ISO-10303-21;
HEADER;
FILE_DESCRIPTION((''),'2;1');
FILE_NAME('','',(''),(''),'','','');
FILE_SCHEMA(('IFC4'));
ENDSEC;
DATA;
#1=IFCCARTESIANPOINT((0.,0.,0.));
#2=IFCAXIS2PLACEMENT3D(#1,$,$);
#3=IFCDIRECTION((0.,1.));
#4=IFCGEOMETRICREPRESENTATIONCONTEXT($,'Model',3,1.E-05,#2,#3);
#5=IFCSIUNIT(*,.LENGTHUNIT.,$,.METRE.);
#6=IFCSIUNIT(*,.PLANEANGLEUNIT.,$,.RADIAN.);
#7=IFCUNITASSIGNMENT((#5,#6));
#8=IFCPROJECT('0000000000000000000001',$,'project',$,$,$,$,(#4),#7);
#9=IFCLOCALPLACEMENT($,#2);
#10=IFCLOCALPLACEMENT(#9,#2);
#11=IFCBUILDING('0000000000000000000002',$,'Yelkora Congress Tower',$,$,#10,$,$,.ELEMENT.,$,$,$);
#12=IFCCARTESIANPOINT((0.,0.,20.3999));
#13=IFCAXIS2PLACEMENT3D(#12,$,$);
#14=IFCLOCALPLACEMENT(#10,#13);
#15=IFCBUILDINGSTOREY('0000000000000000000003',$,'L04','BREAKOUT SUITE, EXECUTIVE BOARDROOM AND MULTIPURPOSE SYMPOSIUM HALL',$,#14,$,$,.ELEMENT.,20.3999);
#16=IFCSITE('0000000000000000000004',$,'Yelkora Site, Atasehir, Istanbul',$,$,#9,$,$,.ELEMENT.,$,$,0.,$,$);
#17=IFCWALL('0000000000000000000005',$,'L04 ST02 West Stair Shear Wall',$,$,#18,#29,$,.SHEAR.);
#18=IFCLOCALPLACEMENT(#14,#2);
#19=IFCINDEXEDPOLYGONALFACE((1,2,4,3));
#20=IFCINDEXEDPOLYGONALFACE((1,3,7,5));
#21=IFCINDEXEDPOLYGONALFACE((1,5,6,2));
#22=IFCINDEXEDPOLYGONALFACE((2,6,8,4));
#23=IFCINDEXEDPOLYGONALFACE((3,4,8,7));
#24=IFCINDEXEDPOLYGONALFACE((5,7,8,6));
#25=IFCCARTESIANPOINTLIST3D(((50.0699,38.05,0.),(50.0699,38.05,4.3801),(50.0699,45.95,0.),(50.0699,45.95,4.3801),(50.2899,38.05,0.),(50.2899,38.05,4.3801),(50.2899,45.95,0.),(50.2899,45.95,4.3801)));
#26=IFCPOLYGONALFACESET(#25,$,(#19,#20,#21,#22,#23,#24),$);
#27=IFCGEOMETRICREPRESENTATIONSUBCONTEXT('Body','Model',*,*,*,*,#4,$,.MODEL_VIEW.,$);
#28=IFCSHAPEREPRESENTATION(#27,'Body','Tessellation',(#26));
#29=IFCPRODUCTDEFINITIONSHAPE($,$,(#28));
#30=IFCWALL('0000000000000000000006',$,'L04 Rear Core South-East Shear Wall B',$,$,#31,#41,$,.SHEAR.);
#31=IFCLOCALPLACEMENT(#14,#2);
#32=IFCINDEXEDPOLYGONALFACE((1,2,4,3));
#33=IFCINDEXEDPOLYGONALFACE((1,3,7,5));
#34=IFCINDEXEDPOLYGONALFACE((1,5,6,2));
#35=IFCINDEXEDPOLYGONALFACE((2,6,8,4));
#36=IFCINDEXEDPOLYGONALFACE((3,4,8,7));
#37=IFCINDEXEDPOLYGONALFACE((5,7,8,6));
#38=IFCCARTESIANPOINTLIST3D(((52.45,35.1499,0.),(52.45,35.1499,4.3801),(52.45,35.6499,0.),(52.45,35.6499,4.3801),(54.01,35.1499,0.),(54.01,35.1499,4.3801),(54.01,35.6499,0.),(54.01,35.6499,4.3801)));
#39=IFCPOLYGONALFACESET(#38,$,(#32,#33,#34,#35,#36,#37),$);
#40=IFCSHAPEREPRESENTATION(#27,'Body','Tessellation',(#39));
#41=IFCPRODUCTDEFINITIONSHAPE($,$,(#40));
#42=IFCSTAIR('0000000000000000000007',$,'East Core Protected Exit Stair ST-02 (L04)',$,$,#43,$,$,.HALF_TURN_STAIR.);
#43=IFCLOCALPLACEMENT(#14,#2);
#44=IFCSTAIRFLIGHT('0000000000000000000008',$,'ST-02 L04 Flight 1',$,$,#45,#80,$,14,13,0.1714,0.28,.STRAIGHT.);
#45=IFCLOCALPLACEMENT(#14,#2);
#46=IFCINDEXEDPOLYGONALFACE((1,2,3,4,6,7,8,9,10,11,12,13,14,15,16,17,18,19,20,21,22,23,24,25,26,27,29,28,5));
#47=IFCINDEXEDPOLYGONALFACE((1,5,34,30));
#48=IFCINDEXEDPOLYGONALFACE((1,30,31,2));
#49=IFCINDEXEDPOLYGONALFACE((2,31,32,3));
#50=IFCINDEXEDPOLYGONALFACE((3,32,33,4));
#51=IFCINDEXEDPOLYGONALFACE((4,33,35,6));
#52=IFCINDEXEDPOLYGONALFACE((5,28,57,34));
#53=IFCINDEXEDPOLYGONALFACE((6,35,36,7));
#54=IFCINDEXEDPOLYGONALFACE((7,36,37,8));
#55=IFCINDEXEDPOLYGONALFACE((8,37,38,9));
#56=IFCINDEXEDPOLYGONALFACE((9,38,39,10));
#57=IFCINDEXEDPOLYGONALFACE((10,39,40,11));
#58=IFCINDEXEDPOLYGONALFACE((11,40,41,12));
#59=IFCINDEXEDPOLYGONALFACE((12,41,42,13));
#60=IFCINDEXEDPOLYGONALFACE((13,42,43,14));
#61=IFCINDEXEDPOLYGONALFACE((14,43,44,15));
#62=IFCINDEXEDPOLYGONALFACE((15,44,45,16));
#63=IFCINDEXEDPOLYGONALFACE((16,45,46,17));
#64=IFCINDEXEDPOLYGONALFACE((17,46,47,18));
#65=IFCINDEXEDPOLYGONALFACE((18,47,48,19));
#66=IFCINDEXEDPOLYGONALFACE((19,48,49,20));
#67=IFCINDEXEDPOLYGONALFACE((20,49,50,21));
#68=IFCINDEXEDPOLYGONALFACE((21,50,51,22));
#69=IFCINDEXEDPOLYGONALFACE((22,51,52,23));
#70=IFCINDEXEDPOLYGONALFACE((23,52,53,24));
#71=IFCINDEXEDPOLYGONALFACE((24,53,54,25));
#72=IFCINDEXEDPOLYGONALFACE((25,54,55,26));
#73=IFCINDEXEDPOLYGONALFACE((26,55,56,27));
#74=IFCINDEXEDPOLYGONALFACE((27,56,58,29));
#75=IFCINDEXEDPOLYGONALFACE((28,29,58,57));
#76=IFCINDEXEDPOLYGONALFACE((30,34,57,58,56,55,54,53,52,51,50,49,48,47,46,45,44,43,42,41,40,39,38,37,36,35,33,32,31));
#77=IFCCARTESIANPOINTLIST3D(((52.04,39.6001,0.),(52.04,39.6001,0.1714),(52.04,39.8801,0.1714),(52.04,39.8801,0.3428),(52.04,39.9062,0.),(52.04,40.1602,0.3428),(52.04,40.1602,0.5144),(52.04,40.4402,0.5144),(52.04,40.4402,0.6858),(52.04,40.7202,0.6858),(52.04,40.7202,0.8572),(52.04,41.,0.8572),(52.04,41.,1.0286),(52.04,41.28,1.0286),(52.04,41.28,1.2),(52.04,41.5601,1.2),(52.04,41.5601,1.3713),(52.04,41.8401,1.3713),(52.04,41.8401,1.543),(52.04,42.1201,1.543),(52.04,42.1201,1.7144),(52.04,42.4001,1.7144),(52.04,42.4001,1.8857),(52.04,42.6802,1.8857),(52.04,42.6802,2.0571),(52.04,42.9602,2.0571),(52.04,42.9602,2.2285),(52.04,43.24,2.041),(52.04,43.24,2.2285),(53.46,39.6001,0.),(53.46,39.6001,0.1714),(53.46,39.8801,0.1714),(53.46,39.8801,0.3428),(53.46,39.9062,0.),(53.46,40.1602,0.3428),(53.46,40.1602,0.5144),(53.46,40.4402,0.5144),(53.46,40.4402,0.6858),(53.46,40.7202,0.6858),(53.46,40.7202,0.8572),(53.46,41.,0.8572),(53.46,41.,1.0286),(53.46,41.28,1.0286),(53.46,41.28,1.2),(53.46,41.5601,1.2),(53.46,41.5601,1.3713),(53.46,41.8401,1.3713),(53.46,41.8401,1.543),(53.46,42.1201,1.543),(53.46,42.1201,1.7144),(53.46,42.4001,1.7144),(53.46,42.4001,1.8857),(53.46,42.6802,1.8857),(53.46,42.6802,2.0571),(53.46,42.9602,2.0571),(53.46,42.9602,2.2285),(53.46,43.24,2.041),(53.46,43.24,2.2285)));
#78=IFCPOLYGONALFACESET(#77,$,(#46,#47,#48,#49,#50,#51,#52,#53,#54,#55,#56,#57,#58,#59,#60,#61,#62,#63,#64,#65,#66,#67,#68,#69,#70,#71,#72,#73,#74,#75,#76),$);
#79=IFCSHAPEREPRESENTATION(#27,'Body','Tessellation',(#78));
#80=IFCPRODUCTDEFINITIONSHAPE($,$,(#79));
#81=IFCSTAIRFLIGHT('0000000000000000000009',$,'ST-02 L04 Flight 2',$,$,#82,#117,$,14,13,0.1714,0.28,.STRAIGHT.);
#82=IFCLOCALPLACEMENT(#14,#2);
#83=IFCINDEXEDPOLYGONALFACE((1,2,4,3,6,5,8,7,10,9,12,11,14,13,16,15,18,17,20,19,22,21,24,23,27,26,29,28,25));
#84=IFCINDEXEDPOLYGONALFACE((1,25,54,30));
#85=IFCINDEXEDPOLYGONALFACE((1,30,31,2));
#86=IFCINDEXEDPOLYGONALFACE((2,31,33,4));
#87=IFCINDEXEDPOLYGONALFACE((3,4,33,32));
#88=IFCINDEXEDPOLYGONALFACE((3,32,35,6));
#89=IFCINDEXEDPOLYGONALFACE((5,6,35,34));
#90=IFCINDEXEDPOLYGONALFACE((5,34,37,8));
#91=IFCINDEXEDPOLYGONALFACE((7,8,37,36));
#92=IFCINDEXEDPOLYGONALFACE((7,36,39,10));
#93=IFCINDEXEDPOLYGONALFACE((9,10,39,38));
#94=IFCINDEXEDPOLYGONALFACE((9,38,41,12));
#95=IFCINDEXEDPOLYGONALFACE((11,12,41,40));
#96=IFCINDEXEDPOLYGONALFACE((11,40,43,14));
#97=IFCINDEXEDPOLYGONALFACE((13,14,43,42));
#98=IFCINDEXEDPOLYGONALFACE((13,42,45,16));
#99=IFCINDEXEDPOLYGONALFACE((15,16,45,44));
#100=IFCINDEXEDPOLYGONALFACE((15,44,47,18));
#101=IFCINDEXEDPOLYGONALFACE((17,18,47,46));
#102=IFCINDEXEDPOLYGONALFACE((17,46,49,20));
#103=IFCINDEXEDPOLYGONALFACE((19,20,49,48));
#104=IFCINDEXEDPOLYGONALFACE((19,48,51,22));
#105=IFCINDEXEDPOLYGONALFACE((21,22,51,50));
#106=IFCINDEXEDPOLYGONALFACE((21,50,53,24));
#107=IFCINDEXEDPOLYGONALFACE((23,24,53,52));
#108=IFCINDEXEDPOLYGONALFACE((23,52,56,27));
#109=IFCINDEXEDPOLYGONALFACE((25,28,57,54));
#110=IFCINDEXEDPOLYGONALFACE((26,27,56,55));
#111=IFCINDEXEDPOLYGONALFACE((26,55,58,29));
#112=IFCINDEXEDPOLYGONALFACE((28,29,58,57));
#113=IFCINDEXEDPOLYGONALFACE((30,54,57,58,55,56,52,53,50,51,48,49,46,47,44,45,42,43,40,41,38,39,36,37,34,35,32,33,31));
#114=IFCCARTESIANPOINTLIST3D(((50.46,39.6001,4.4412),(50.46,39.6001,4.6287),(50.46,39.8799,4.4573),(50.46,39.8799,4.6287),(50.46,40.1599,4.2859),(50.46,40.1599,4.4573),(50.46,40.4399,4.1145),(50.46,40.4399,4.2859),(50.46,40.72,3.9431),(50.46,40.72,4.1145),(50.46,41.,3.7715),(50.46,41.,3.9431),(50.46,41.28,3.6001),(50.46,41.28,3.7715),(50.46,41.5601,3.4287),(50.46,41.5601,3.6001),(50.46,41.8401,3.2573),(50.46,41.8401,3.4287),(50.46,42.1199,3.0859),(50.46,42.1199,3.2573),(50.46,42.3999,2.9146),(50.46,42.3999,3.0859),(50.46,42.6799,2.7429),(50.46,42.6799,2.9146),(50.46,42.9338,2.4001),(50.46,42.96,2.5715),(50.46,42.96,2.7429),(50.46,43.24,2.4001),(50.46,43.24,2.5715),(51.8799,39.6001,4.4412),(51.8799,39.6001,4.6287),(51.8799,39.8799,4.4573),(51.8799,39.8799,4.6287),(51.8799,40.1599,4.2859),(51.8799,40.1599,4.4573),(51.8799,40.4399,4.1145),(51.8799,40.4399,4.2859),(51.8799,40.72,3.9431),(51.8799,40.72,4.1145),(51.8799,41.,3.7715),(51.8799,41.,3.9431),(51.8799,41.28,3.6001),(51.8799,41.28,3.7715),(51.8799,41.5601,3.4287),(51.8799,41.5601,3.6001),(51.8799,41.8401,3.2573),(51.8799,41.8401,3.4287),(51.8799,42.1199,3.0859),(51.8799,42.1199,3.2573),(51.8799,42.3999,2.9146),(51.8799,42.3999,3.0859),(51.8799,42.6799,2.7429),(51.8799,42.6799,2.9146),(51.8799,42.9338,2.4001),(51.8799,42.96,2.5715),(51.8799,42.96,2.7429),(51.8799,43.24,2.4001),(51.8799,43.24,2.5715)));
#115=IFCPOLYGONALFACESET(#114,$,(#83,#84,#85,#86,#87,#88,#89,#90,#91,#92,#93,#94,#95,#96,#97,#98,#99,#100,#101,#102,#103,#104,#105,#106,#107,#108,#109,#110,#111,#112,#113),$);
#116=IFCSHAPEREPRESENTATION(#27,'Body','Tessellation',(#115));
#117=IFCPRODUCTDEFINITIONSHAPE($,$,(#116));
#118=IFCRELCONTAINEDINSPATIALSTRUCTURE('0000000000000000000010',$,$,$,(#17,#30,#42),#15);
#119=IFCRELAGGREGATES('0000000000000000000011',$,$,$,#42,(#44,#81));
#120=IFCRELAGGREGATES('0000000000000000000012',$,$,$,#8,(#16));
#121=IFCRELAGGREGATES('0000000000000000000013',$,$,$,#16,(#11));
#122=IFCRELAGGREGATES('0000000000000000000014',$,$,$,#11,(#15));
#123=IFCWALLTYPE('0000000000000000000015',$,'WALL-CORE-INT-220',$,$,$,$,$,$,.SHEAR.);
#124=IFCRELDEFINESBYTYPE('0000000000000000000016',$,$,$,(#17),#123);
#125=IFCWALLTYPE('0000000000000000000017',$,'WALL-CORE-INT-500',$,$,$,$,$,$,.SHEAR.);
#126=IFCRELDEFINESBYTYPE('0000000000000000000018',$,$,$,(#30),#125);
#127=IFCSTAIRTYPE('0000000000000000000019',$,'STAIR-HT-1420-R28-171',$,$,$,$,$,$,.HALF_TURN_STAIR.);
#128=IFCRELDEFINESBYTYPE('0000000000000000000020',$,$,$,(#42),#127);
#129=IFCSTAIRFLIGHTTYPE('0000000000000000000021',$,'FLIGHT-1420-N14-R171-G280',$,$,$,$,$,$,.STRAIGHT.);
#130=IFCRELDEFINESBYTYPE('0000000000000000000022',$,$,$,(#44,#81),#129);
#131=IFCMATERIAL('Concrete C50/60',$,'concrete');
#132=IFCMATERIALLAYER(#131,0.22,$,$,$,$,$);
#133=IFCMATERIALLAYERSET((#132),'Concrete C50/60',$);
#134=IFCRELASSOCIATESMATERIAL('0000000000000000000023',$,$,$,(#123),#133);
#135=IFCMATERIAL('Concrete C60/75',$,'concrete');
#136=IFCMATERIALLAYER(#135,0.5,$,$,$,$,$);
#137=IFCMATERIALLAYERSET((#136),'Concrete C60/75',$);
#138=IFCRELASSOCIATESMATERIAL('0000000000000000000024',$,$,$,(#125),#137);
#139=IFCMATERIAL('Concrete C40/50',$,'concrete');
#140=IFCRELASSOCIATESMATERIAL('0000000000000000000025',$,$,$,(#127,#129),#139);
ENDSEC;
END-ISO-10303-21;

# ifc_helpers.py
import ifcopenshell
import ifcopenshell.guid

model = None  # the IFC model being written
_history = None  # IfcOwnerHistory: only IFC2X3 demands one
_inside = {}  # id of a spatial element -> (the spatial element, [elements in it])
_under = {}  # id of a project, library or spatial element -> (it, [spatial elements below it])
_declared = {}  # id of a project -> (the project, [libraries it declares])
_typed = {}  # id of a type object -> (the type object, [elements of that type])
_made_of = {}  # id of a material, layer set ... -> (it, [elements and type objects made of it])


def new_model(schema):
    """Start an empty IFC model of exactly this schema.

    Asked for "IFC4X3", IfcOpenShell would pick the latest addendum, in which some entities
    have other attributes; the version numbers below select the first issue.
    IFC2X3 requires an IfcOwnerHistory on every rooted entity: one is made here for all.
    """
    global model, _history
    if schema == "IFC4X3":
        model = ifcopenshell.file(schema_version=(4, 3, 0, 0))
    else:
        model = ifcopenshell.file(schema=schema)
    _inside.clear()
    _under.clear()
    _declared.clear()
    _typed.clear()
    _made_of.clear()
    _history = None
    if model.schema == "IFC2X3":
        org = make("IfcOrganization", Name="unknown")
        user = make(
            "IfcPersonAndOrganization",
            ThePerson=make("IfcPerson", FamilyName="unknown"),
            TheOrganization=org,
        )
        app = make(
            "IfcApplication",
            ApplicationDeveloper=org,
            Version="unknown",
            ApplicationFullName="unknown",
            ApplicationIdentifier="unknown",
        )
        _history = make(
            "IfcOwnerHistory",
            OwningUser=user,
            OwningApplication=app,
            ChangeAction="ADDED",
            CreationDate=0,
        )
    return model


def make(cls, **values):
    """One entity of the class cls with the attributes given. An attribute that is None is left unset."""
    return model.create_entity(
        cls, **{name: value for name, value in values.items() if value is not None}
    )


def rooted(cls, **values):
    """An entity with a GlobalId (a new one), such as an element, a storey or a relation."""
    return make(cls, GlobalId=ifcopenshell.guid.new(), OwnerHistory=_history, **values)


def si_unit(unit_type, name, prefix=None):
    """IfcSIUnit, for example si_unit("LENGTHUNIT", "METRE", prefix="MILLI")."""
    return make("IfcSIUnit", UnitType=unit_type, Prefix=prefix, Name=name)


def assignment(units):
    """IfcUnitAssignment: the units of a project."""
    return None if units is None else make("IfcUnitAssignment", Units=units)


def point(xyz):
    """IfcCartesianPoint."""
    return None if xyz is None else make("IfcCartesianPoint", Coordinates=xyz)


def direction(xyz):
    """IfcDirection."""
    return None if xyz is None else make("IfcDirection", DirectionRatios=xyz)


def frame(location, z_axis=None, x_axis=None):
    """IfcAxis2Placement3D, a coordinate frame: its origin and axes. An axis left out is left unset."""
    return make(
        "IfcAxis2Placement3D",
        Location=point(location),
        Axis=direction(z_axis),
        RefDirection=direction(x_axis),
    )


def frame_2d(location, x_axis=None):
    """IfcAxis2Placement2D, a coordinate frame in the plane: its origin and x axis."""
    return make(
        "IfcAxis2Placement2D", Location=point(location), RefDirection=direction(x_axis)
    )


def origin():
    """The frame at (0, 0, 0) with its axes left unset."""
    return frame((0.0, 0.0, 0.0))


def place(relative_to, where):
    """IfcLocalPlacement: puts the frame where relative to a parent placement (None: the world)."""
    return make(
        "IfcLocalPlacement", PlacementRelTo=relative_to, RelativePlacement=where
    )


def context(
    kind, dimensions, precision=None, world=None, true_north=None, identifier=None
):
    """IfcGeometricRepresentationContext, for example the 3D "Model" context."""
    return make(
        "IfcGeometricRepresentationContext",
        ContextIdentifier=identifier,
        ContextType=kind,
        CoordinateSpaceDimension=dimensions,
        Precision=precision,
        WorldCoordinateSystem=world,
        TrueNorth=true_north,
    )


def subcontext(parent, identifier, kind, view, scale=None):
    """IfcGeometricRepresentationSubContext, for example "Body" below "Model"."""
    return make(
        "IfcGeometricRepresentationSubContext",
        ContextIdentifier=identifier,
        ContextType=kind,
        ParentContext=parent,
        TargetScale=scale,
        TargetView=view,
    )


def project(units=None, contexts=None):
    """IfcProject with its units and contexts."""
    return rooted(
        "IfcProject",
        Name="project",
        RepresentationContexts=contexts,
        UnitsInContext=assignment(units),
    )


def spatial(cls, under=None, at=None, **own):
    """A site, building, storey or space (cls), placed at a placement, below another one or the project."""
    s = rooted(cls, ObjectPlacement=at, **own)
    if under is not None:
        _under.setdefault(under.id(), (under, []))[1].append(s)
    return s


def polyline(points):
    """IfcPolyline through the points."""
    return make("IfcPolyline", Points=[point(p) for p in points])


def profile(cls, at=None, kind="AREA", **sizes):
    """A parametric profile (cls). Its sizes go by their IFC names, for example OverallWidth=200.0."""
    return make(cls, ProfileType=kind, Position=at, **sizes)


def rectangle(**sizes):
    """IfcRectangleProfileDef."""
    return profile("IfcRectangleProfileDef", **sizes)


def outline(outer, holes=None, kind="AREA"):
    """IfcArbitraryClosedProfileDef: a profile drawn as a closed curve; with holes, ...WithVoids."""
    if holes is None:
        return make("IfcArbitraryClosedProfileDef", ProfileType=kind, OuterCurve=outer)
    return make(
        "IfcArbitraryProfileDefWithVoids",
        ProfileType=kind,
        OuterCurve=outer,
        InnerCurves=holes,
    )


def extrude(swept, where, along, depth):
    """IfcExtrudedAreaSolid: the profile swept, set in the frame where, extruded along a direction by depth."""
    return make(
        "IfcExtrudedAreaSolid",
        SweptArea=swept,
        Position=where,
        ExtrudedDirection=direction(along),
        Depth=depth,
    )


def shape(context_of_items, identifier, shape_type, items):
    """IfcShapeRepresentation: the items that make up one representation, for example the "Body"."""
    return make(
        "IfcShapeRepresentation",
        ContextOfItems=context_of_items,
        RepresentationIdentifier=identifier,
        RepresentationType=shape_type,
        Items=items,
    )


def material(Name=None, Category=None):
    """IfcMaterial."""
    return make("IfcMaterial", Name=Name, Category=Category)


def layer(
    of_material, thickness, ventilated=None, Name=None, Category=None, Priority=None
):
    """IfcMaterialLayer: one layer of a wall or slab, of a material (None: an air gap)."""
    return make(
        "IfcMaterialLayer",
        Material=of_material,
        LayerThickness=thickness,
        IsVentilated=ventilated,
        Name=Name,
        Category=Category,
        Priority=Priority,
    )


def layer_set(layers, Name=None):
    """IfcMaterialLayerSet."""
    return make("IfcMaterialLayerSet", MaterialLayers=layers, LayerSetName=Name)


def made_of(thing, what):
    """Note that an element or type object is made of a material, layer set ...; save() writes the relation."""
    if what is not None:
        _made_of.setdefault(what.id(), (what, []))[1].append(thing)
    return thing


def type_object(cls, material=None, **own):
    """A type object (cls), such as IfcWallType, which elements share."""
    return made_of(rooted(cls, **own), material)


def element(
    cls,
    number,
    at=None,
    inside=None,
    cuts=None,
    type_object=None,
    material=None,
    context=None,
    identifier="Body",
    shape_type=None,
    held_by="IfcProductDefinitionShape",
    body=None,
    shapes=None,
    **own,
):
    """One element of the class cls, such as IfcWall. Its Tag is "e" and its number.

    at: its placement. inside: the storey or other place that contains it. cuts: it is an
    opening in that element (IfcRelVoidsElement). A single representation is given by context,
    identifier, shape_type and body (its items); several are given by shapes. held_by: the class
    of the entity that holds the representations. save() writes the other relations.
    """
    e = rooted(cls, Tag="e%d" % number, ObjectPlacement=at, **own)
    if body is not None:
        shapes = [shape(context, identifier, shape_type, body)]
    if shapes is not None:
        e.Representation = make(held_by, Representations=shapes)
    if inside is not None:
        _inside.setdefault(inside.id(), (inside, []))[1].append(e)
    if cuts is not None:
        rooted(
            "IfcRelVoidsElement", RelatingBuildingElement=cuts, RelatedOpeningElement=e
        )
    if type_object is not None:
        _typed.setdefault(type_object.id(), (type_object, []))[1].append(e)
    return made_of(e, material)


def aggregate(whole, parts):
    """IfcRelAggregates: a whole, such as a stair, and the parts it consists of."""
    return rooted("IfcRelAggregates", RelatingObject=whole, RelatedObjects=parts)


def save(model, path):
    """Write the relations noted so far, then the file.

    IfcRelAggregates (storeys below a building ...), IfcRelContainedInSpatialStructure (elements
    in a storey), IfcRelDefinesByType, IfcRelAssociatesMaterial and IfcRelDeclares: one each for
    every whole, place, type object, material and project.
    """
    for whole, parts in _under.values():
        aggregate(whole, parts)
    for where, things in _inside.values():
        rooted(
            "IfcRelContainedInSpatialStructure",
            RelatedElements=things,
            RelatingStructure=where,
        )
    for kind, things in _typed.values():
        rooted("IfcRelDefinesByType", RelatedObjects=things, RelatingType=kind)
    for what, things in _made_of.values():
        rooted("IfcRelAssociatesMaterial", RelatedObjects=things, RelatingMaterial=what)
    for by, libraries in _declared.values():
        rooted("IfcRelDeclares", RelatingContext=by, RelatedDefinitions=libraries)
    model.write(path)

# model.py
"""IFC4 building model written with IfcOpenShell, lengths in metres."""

from ifc_helpers import new_model, si_unit, direction, frame, frame_2d, origin, place, context, subcontext, project, spatial, polyline, rectangle, outline, extrude, material, layer, layer_set, type_object, element, aggregate, save


model = new_model("IFC4")

# Units and contexts
model_context = context("Model", 3, precision=1e-05, world=origin(), true_north=direction((0.0, 1.0)))
body_context = subcontext(model_context, "Body", "Model", "MODEL_VIEW")
ifc_project = project(units=[si_unit("LENGTHUNIT", "METRE"), si_unit("PLANEANGLEUNIT", "RADIAN")], contexts=[model_context])

# Site, building, storey
site_placement = place(None, origin())
site = spatial("IfcSite", under=ifc_project, at=site_placement, Name="Yelkora Site, Atasehir, Istanbul", CompositionType="ELEMENT", RefElevation=0.0)
building_placement = place(site_placement, origin())
building = spatial("IfcBuilding", under=site, at=building_placement, Name="Yelkora Congress Tower", CompositionType="ELEMENT")
storey_placement = place(building_placement, frame((0.0, 0.0, 20.3999)))
storey = spatial("IfcBuildingStorey", under=building, at=storey_placement, Name="L04", Description="BREAKOUT SUITE, EXECUTIVE BOARDROOM AND MULTIPURPOSE SYMPOSIUM HALL", CompositionType="ELEMENT", Elevation=20.3999)

# Walls
ifc_material_1 = material(Name="Concrete C50/60", Category="concrete")
ifc_layer_1 = layer(ifc_material_1, 0.22)
ifc_layer_set_1 = layer_set([ifc_layer_1], Name="Concrete C50/60")
wall_type_1 = type_object("IfcWallType", Name="WALL-CORE-INT-220", PredefinedType="SHEAR", material=ifc_layer_set_1)
wall_1_placement = place(storey_placement, frame((50.1799, 38.05, 0.0), z_axis=(0.0, 0.0, 1.0), x_axis=(0.0, 1.0, 0.0)))
element("IfcWall", 1, at=wall_1_placement, inside=storey, type_object=wall_type_1, Name="L04 ST02 West Stair Shear Wall", PredefinedType="SHEAR", context=body_context, shape_type="SweptSolid", body=[
    extrude(rectangle(XDim=7.8999, YDim=0.22, at=frame_2d((3.95, 0.0))), origin(), (0.0, 0.0, 1.0), 4.3801),
])
ifc_material_2 = material(Name="Concrete C60/75", Category="concrete")
ifc_layer_2 = layer(ifc_material_2, 0.5)
ifc_layer_set_2 = layer_set([ifc_layer_2], Name="Concrete C60/75")
wall_type_2 = type_object("IfcWallType", Name="WALL-CORE-INT-500", PredefinedType="SHEAR", material=ifc_layer_set_2)
wall_2_placement = place(storey_placement, frame((52.45, 35.3999, 0.0), z_axis=(0.0, 0.0, 1.0), x_axis=(1.0, 0.0, 0.0)))
element("IfcWall", 2, at=wall_2_placement, inside=storey, type_object=wall_type_2, Name="L04 Rear Core South-East Shear Wall B", PredefinedType="SHEAR", context=body_context, shape_type="SweptSolid", body=[
    extrude(rectangle(XDim=1.5601, YDim=0.5, at=frame_2d((0.78, 0.0))), origin(), (0.0, 0.0, 1.0), 4.3801),
])

# Stair, stair flights
ifc_material_3 = material(Name="Concrete C40/50", Category="concrete")
stair_type = type_object("IfcStairType", Name="STAIR-HT-1420-R28-171", PredefinedType="HALF_TURN_STAIR", material=ifc_material_3)
stair_placement = place(storey_placement, origin())
stair = element("IfcStair", 3, at=stair_placement, inside=storey, type_object=stair_type, Name="East Core Protected Exit Stair ST-02 (L04)", PredefinedType="HALF_TURN_STAIR")
stair_flight_type = type_object("IfcStairFlightType", Name="FLIGHT-1420-N14-R171-G280", PredefinedType="STRAIGHT", material=ifc_material_3)
stair_flight_1_placement = place(storey_placement, frame((52.75, 39.6001, 0.0), z_axis=(0.0, 0.0, 1.0), x_axis=(0.0, 1.0, 0.0)))
stair_flight_1 = element("IfcStairFlight", 4, at=stair_flight_1_placement, type_object=stair_flight_type, Name="ST-02 L04 Flight 1", NumberOfRisers=14, NumberOfTreads=13, PredefinedType="STRAIGHT", RiserHeight=0.1714, TreadLength=0.28, context=body_context, shape_type="SweptSolid", body=[
    extrude(outline(polyline([(0.0, 0.0), (0.0, 0.1714), (0.28, 0.1714), (0.28, 0.3428), (0.5601, 0.3428), (0.5601, 0.5144), (0.8401, 0.5144), (0.8401, 0.6858), (1.1201, 0.6858), (1.1201, 0.8572), (1.3999, 0.8572), (1.3999, 1.0286), (1.6799, 1.0286), (1.6799, 1.2), (1.96, 1.2), (1.96, 1.3713), (2.24, 1.3713), (2.24, 1.543), (2.52, 1.543), (2.52, 1.7144), (2.8, 1.7144), (2.8, 1.8857), (3.0801, 1.8857), (3.0801, 2.0571), (3.3601, 2.0571), (3.3601, 2.2285), (3.6399, 2.2285), (3.6399, 2.3999), (3.6399, 2.041), (0.3062, 0.0), (0.0, 0.0)])), frame((0.0, 0.71, 0.0), z_axis=(0.0, -1.0, 0.0), x_axis=(1.0, 0.0, 0.0)), (0.0, 0.0, 1.0), 1.4199),
])
stair_flight_2_placement = place(storey_placement, frame((51.1699, 43.24, 2.4001), z_axis=(0.0, 0.0, 1.0), x_axis=(0.0, -1.0, 0.0)))
stair_flight_2 = element("IfcStairFlight", 5, at=stair_flight_2_placement, type_object=stair_flight_type, Name="ST-02 L04 Flight 2", NumberOfRisers=14, NumberOfTreads=13, PredefinedType="STRAIGHT", RiserHeight=0.1714, TreadLength=0.28, context=body_context, shape_type="SweptSolid", body=[
    extrude(outline(polyline([(0.0, 0.0), (0.0, 0.1714), (0.28, 0.1714), (0.28, 0.3428), (0.5601, 0.3428), (0.5601, 0.5144), (0.8401, 0.5144), (0.8401, 0.6858), (1.1201, 0.6858), (1.1201, 0.8572), (1.3999, 0.8572), (1.3999, 1.0286), (1.6799, 1.0286), (1.6799, 1.2), (1.96, 1.2), (1.96, 1.3713), (2.24, 1.3713), (2.24, 1.543), (2.52, 1.543), (2.52, 1.7144), (2.8, 1.7144), (2.8, 1.8857), (3.0801, 1.8857), (3.0801, 2.0571), (3.3601, 2.0571), (3.3601, 2.2285), (3.6399, 2.2285), (3.6399, 2.3999), (3.6399, 2.041), (0.3062, 0.0), (0.0, 0.0)])), frame((0.0, 0.71, 0.0), z_axis=(0.0, -1.0, 0.0), x_axis=(1.0, 0.0, 0.0)), (0.0, 0.0, 1.0), 1.4199),
])
aggregate(stair, [stair_flight_1, stair_flight_2])

save(model, "model.ifc")
